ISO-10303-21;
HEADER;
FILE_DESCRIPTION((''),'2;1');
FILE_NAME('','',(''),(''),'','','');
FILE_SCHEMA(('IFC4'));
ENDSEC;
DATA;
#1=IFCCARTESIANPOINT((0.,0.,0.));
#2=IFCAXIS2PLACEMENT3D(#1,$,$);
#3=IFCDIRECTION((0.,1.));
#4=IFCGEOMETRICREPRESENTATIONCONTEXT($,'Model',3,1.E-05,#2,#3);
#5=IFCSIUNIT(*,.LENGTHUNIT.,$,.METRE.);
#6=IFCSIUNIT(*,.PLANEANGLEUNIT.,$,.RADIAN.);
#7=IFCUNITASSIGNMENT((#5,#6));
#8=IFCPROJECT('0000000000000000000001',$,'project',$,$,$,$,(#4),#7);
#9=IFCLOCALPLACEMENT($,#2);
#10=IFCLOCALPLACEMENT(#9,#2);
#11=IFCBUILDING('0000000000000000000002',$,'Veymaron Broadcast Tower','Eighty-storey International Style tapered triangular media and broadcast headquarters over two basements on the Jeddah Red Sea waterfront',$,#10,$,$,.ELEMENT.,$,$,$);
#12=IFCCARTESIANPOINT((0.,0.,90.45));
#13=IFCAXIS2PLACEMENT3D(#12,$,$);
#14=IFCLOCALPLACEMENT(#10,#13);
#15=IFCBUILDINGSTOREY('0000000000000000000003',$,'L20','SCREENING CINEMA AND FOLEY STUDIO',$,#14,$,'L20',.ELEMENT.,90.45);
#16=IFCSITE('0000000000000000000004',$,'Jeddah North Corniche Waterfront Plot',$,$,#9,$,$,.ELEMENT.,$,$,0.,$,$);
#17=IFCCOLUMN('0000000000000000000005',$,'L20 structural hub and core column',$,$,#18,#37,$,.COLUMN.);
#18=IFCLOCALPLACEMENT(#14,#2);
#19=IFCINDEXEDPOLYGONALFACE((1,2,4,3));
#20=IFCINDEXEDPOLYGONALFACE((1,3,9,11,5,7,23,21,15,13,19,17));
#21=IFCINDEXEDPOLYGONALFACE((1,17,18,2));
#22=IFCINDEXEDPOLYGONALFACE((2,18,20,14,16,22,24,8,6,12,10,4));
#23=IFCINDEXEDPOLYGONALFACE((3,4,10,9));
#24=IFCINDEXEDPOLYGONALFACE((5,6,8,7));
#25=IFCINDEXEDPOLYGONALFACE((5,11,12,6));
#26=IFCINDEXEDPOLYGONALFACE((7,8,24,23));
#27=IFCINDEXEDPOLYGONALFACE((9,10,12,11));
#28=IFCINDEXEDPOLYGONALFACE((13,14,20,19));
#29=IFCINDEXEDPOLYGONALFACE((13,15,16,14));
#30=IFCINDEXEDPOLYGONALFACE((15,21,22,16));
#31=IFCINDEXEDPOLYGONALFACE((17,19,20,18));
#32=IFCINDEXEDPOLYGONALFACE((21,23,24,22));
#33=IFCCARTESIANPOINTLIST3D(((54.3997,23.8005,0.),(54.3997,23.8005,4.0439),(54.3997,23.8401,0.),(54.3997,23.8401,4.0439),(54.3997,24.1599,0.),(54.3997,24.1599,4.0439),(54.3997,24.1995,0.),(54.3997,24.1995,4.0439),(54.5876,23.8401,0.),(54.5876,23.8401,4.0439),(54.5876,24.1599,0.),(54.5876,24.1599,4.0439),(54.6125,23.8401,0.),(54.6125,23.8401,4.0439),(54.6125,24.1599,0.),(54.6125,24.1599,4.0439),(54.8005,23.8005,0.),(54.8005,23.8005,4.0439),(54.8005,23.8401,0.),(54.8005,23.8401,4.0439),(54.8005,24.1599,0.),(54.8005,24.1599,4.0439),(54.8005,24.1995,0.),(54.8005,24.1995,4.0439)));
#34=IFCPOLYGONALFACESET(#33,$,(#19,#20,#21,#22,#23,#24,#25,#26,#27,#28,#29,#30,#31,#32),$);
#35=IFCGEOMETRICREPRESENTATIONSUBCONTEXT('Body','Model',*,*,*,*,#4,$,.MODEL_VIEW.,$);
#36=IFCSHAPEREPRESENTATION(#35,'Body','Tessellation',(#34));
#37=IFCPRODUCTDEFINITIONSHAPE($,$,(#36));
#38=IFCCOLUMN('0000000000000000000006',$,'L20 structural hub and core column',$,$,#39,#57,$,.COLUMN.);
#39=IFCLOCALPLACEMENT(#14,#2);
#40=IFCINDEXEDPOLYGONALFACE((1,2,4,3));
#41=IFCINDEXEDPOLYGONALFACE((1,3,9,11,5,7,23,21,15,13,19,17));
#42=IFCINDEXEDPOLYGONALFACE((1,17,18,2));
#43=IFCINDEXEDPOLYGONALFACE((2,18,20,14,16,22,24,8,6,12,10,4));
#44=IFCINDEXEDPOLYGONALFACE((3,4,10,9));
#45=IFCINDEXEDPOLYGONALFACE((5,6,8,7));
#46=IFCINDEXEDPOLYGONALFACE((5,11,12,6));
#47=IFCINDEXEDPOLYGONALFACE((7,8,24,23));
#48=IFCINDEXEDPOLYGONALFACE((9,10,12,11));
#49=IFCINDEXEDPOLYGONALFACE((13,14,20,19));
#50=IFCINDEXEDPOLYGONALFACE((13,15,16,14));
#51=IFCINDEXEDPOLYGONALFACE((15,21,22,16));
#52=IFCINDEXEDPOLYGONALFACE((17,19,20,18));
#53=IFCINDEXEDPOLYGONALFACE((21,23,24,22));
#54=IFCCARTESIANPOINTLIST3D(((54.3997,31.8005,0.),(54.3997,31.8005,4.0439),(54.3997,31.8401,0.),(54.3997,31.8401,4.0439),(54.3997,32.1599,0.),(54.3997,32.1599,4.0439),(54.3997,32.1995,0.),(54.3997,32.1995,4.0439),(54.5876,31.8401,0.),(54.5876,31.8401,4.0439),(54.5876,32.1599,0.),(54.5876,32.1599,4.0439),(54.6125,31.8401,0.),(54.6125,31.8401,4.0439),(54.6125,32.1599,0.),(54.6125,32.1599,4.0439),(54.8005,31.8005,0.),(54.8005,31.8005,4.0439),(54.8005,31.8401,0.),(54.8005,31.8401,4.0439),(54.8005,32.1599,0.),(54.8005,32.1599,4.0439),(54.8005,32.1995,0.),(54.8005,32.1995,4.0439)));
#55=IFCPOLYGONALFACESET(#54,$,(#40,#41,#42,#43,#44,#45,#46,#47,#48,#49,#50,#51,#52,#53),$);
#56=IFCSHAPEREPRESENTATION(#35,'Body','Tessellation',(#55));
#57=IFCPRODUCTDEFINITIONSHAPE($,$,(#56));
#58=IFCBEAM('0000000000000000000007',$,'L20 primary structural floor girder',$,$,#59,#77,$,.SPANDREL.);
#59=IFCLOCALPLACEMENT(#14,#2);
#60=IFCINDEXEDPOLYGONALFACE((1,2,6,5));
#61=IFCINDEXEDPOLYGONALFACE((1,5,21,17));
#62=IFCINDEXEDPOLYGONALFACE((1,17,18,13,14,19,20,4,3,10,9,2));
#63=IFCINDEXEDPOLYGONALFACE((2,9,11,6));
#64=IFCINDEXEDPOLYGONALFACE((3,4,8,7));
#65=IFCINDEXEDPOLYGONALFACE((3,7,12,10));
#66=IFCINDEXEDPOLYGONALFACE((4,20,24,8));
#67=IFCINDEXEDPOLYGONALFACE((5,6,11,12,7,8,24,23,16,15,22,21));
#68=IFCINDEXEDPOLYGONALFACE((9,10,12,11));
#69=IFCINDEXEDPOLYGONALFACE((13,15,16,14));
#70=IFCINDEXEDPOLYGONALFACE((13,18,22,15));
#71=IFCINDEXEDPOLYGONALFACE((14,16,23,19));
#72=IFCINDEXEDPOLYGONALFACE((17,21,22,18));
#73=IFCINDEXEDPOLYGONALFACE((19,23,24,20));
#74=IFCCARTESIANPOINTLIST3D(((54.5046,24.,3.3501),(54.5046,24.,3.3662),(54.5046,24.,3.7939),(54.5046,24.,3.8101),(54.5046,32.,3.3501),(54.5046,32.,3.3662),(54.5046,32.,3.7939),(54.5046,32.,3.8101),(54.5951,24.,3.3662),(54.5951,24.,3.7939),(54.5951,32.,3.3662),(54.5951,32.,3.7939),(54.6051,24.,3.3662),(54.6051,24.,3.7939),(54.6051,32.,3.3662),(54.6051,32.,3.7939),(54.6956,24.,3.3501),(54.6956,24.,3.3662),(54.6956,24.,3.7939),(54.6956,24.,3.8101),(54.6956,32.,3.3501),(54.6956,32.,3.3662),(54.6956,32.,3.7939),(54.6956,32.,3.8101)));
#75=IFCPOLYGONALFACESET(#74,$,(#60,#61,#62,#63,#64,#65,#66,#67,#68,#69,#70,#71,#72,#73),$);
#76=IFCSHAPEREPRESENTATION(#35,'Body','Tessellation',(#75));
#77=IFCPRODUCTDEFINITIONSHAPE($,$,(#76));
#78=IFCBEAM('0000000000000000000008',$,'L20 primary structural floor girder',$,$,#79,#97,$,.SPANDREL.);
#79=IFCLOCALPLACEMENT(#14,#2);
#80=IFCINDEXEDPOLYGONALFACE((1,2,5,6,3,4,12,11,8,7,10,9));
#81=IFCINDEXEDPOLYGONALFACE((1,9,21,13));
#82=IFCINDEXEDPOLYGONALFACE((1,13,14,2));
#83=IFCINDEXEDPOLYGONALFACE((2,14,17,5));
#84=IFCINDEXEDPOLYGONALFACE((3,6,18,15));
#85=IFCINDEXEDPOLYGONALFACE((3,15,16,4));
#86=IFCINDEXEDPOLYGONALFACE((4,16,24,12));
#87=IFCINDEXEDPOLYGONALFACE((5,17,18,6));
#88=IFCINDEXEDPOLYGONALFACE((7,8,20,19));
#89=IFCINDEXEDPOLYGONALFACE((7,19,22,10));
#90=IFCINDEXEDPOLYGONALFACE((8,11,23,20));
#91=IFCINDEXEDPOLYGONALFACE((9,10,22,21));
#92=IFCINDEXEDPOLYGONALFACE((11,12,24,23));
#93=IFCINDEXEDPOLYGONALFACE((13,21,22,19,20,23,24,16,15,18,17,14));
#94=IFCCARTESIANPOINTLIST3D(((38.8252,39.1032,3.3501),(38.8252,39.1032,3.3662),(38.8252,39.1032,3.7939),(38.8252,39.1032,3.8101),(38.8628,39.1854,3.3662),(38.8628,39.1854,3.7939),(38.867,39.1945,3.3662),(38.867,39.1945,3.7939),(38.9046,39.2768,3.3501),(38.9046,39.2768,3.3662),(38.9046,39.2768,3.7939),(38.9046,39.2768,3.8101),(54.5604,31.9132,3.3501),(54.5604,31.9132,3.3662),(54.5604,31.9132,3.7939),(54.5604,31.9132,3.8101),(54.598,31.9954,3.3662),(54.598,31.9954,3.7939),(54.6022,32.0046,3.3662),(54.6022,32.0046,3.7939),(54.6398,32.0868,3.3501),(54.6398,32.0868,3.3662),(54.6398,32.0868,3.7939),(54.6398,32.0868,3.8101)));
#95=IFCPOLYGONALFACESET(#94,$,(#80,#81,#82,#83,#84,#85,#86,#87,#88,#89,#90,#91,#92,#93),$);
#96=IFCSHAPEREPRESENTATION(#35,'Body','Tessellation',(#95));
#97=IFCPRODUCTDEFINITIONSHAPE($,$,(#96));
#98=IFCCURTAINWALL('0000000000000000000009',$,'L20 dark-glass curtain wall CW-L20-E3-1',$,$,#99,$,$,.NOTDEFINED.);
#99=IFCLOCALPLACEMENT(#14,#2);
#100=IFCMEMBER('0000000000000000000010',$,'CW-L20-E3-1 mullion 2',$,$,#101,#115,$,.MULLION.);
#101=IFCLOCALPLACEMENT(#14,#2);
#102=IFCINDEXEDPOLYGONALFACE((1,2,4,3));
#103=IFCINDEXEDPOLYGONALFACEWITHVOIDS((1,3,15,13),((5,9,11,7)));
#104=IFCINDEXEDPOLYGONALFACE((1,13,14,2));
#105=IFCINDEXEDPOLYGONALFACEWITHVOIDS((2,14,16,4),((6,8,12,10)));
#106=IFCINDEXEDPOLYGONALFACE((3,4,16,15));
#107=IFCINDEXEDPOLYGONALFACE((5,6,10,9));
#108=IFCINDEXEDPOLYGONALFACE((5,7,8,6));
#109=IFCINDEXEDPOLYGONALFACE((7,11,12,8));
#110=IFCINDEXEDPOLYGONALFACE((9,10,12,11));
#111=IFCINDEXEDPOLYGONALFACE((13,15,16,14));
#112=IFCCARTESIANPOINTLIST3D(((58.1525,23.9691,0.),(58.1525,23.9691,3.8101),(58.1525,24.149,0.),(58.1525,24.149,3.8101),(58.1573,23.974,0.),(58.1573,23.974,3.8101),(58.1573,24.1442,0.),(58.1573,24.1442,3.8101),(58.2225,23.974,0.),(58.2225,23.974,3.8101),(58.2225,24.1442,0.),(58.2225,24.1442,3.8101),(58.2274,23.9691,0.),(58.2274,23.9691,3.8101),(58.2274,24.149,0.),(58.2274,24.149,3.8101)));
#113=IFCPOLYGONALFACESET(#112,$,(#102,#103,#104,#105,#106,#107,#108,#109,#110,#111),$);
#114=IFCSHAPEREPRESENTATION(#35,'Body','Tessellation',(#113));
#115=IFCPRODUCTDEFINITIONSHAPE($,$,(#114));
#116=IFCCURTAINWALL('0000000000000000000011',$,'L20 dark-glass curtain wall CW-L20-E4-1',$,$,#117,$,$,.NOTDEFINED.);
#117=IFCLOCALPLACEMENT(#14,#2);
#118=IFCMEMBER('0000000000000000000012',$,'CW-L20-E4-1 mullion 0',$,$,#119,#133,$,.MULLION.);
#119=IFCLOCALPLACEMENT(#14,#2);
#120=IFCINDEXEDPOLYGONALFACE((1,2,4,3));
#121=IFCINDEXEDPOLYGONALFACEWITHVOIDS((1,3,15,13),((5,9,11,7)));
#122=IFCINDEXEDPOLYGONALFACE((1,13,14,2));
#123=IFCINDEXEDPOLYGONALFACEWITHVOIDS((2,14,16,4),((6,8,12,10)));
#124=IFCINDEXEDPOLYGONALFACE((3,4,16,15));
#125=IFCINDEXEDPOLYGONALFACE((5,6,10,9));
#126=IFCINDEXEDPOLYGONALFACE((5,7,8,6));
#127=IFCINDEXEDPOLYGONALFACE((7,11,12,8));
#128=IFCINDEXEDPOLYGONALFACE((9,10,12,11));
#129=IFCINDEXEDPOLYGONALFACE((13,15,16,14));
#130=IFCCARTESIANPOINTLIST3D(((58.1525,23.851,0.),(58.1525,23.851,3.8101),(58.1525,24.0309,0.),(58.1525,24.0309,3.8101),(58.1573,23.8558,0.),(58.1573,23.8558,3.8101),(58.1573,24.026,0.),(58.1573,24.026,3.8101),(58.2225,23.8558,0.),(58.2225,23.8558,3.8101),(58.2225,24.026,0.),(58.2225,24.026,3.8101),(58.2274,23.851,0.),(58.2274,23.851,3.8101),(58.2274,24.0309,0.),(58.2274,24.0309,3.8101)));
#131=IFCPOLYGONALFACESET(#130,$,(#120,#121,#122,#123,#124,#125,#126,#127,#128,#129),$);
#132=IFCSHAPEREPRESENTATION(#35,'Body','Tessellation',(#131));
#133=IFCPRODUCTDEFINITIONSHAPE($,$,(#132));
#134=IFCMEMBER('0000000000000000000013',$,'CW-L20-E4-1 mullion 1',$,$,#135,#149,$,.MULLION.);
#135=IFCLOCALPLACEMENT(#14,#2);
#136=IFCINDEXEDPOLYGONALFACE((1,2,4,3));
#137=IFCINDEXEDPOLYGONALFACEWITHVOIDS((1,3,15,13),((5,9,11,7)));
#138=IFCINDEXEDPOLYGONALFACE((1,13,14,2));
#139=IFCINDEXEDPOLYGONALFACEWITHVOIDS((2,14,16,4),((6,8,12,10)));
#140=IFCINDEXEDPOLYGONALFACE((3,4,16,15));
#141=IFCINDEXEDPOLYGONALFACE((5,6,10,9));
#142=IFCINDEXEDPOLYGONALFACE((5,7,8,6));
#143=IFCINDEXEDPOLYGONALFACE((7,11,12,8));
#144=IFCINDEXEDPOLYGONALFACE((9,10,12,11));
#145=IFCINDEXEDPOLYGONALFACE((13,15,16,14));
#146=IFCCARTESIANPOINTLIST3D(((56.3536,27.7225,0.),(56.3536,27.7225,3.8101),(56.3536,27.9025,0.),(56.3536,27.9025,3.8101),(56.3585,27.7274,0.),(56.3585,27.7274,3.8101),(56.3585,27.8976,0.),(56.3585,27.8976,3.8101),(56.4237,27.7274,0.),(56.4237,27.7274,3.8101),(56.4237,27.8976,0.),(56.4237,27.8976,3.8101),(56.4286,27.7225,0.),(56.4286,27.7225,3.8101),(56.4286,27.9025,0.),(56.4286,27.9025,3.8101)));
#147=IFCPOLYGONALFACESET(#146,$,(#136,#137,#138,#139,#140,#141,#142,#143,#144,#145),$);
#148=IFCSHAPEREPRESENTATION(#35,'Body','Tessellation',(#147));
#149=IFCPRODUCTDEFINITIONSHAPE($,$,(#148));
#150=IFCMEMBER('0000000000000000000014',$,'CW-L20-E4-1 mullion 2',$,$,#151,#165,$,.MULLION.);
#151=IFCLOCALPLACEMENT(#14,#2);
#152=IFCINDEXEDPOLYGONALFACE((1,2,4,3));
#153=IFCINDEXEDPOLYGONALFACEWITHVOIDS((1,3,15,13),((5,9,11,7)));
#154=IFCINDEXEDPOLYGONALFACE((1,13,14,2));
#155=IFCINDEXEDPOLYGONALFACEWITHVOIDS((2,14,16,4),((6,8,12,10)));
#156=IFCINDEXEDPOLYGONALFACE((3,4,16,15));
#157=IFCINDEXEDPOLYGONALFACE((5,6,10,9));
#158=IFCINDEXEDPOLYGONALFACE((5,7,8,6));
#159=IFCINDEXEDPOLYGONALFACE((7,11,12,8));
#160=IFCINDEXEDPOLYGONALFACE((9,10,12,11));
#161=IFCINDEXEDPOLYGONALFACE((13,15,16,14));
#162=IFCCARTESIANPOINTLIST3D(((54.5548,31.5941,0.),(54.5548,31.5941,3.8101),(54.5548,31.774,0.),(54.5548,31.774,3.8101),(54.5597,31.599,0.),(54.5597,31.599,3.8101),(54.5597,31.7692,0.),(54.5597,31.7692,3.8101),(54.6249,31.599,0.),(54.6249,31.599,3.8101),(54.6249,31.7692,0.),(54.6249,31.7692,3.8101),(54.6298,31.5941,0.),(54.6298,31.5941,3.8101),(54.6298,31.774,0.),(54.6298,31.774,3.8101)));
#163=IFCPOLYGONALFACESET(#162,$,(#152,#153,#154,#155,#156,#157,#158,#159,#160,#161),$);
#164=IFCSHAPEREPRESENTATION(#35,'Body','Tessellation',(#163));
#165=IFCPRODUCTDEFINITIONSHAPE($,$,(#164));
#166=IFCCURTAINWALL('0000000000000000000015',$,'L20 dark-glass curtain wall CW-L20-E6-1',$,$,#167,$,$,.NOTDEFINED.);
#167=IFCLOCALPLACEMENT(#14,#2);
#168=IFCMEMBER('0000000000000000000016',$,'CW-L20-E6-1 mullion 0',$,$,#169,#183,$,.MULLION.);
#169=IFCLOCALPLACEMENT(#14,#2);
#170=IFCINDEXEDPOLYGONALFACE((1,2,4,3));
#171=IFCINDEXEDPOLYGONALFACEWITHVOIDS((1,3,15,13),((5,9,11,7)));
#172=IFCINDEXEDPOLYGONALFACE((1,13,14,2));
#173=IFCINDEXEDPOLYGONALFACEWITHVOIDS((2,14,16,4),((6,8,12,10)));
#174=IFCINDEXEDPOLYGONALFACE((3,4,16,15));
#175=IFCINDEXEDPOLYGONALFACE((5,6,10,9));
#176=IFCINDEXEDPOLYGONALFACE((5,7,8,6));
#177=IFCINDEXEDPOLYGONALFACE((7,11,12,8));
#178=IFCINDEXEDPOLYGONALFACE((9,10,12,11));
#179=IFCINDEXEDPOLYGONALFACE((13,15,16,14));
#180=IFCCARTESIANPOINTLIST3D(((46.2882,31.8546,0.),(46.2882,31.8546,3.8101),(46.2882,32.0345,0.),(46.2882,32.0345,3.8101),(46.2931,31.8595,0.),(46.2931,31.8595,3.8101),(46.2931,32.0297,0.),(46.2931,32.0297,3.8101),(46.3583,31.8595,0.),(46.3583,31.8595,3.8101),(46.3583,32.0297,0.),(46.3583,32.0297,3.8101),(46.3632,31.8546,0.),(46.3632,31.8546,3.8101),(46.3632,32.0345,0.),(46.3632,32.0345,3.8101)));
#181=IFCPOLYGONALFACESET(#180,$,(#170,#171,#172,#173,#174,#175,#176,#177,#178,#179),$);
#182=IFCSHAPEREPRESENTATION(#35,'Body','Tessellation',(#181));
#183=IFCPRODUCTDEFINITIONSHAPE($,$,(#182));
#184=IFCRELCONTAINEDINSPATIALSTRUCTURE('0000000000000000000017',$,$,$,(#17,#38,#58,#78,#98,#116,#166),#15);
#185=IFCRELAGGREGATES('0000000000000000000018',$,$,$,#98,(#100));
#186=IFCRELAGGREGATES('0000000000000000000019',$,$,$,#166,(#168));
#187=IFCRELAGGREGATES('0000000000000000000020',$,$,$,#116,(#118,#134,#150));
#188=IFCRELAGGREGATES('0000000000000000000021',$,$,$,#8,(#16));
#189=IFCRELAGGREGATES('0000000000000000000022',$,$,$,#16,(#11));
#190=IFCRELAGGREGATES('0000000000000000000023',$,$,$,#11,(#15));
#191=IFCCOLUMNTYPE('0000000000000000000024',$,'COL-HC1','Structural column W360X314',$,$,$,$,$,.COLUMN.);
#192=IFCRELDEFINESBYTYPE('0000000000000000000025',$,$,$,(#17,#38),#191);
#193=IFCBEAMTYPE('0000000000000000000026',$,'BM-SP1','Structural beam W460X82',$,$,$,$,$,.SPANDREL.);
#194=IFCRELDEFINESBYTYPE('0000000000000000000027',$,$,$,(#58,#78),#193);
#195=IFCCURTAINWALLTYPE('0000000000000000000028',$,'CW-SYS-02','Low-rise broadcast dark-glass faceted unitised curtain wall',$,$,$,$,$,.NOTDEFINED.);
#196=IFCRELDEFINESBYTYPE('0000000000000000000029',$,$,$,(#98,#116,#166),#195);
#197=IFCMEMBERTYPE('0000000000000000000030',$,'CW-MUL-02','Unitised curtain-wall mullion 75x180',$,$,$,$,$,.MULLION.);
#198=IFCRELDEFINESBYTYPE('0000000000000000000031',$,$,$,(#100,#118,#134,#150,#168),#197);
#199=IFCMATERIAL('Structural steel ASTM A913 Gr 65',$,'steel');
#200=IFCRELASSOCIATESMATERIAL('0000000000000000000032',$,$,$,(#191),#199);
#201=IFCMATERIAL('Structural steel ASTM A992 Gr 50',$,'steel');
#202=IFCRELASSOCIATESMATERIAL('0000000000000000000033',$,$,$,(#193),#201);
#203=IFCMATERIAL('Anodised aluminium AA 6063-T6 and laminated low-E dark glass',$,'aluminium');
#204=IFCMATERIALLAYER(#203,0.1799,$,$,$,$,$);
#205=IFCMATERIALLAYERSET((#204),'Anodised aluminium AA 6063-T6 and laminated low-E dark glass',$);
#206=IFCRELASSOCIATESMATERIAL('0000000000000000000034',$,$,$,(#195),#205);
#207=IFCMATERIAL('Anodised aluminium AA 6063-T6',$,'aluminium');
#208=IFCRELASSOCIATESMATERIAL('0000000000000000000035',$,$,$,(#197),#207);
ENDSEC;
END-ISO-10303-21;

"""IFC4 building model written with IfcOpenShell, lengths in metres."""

from ifc_helpers import new_model, si_unit, direction, frame, origin, origin_2d, place, context, subcontext, project, spatial, hollow_rectangle, i_section, extrude, material, layer, layer_set, material_profile, profile_set, type_object, element, aggregate, save


model = new_model("IFC4")

# Units and contexts
model_context = context("Model", 3, precision=1e-05, world=origin(), true_north=direction((0.0, 1.0)))
body_context = subcontext(model_context, "Body", "Model", "MODEL_VIEW")
ifc_project = project(units=[si_unit("LENGTHUNIT", "METRE"), si_unit("PLANEANGLEUNIT", "RADIAN")], contexts=[model_context])

# Site, building, storey
site_placement = place(None, origin())
site = spatial("IfcSite", under=ifc_project, at=site_placement, Name="Jeddah North Corniche Waterfront Plot", CompositionType="ELEMENT", RefElevation=0.0)
building_placement = place(site_placement, origin())
building = spatial("IfcBuilding", under=site, at=building_placement, Name="Veymaron Broadcast Tower", Description="Eighty-storey International Style tapered triangular media and broadcast headquarters over two basements on the Jeddah Red Sea waterfront", CompositionType="ELEMENT")
storey_placement = place(building_placement, frame((0.0, 0.0, 90.45)))
storey = spatial("IfcBuildingStorey", under=building, at=storey_placement, Name="L20", Description="SCREENING CINEMA AND FOLEY STUDIO", LongName="L20", CompositionType="ELEMENT", Elevation=90.45)

# Columns
ifc_material_1 = material(Name="Structural steel ASTM A913 Gr 65", Category="steel")
ifc_material_profile_1 = material_profile(ifc_material_1, i_section(OverallWidth=0.4009, OverallDepth=0.3989, WebThickness=0.0249, FlangeThickness=0.0396, at=origin_2d()), Name="W360X314")
ifc_profile_set_1 = profile_set([ifc_material_profile_1], Name="Structural steel ASTM A913 Gr 65")
column_type = type_object("IfcColumnType", Name="COL-HC1", Description="Structural column W360X314", PredefinedType="COLUMN", material=ifc_profile_set_1)
for number, where, z_axis, x_axis, name in (
    (1, (54.6001, 24.0, 0.0), (0.0, 0.0, 1.0), (1.0, 0.0, 0.0), "L20 structural hub and core column"),
    (2, (54.6001, 32.0, 0.0), (0.0, 0.0, 1.0), (1.0, 0.0, 0.0), "L20 structural hub and core column"),
):
    element("IfcColumn", number, at=place(storey_placement, frame(where, z_axis=z_axis, x_axis=x_axis)), inside=storey, type_object=column_type, Name=name, PredefinedType="COLUMN", context=body_context, shape_type="SweptSolid", body=[
        extrude(i_section(OverallWidth=0.4009, OverallDepth=0.3989, WebThickness=0.0249, FlangeThickness=0.0396, at=origin_2d()), origin(), (0.0, 0.0, 1.0), 4.0439),
    ])

# Beams
ifc_material_2 = material(Name="Structural steel ASTM A992 Gr 50", Category="steel")
ifc_material_profile_2 = material_profile(ifc_material_2, i_section(OverallWidth=0.1909, OverallDepth=0.46, WebThickness=0.01, FlangeThickness=0.0161, at=origin_2d()), Name="W460X82")
ifc_profile_set_2 = profile_set([ifc_material_profile_2], Name="Structural steel ASTM A992 Gr 50")
beam_type = type_object("IfcBeamType", Name="BM-SP1", Description="Structural beam W460X82", PredefinedType="SPANDREL", material=ifc_profile_set_2)
beam_1_placement = place(storey_placement, frame((54.6001, 24.0, 3.5801), z_axis=(0.0, 1.0, 0.0), x_axis=(-1.0, 0.0, 0.0)))
element("IfcBeam", 3, at=beam_1_placement, inside=storey, type_object=beam_type, Name="L20 primary structural floor girder", PredefinedType="SPANDREL", context=body_context, shape_type="SweptSolid", body=[
    extrude(i_section(OverallWidth=0.1909, OverallDepth=0.46, WebThickness=0.01, FlangeThickness=0.0161, at=origin_2d()), origin(), (0.0, 0.0, 1.0), 8.0),
])
beam_2_placement = place(storey_placement, frame((54.6001, 32.0, 3.5801), z_axis=(-0.909546, 0.415604, 0.0), x_axis=(-0.415604, -0.909546, 0.0)))
element("IfcBeam", 4, at=beam_2_placement, inside=storey, type_object=beam_type, Name="L20 primary structural floor girder", PredefinedType="SPANDREL", context=body_context, shape_type="SweptSolid", body=[
    extrude(i_section(OverallWidth=0.1909, OverallDepth=0.46, WebThickness=0.01, FlangeThickness=0.0161, at=origin_2d()), origin(), (0.0, 0.0, 1.0), 17.3),
])

# Curtain wall, member
ifc_material_3 = material(Name="Anodised aluminium AA 6063-T6 and laminated low-E dark glass", Category="aluminium")
ifc_layer_1 = layer(ifc_material_3, 0.1799)
ifc_layer_set_1 = layer_set([ifc_layer_1], Name="Anodised aluminium AA 6063-T6 and laminated low-E dark glass")
curtain_wall_type = type_object("IfcCurtainWallType", Name="CW-SYS-02", Description="Low-rise broadcast dark-glass faceted unitised curtain wall", PredefinedType="NOTDEFINED", material=ifc_layer_set_1)
curtain_wall_1_placement = place(storey_placement, origin())
curtain_wall_1 = element("IfcCurtainWall", 5, at=curtain_wall_1_placement, inside=storey, type_object=curtain_wall_type, Name="L20 dark-glass curtain wall CW-L20-E3-1", PredefinedType="NOTDEFINED")
ifc_material_4 = material(Name="Anodised aluminium AA 6063-T6", Category="aluminium")
ifc_material_profile_3 = material_profile(ifc_material_4, hollow_rectangle(XDim=0.075, YDim=0.1799, WallThickness=0.0049, at=origin_2d()), Name="AL180X75X5")
ifc_profile_set_3 = profile_set([ifc_material_profile_3], Name="Anodised aluminium AA 6063-T6")
member_type_1 = type_object("IfcMemberType", Name="CW-MUL-02", Description="Unitised curtain-wall mullion 75x180", PredefinedType="MULLION", material=ifc_profile_set_3)
member_1_placement = place(storey_placement, frame((58.1899, 24.0591, 0.0), z_axis=(0.0, 0.0, 1.0), x_axis=(1.0, 0.0, 0.0)))
member_1 = element("IfcMember", 6, at=member_1_placement, type_object=member_type_1, Name="CW-L20-E3-1 mullion 2", PredefinedType="MULLION", context=body_context, shape_type="SweptSolid", body=[
    extrude(hollow_rectangle(XDim=0.075, YDim=0.1799, WallThickness=0.0049, at=origin_2d()), origin(), (0.0, 0.0, 1.0), 3.8101),
])
aggregate(curtain_wall_1, [member_1])

# Curtain wall, members
curtain_wall_2_placement = place(storey_placement, origin())
curtain_wall_2 = element("IfcCurtainWall", 7, at=curtain_wall_2_placement, inside=storey, type_object=curtain_wall_type, Name="L20 dark-glass curtain wall CW-L20-E4-1", PredefinedType="NOTDEFINED")
member_2_placement = place(storey_placement, frame((58.1899, 23.9409, 0.0), z_axis=(0.0, 0.0, 1.0), x_axis=(1.0, 0.0, 0.0)))
member_2 = element("IfcMember", 8, at=member_2_placement, type_object=member_type_1, Name="CW-L20-E4-1 mullion 0", PredefinedType="MULLION", context=body_context, shape_type="SweptSolid", body=[
    extrude(hollow_rectangle(XDim=0.075, YDim=0.1799, WallThickness=0.0049, at=origin_2d()), origin(), (0.0, 0.0, 1.0), 3.8101),
])
member_3_placement = place(storey_placement, frame((56.3911, 27.8125, 0.0), z_axis=(0.0, 0.0, 1.0), x_axis=(1.0, 0.0, 0.0)))
member_3 = element("IfcMember", 9, at=member_3_placement, type_object=member_type_1, Name="CW-L20-E4-1 mullion 1", PredefinedType="MULLION", context=body_context, shape_type="SweptSolid", body=[
    extrude(hollow_rectangle(XDim=0.075, YDim=0.1799, WallThickness=0.0049, at=origin_2d()), origin(), (0.0, 0.0, 1.0), 3.8101),
])
member_4_placement = place(storey_placement, frame((54.5923, 31.6841, 0.0), z_axis=(0.0, 0.0, 1.0), x_axis=(1.0, 0.0, 0.0)))
member_4 = element("IfcMember", 10, at=member_4_placement, type_object=member_type_1, Name="CW-L20-E4-1 mullion 2", PredefinedType="MULLION", context=body_context, shape_type="SweptSolid", body=[
    extrude(hollow_rectangle(XDim=0.075, YDim=0.1799, WallThickness=0.0049, at=origin_2d()), origin(), (0.0, 0.0, 1.0), 3.8101),
])

# Curtain wall, member
curtain_wall_3_placement = place(storey_placement, origin())
curtain_wall_3 = element("IfcCurtainWall", 11, at=curtain_wall_3_placement, inside=storey, type_object=curtain_wall_type, Name="L20 dark-glass curtain wall CW-L20-E6-1", PredefinedType="NOTDEFINED")
member_5_placement = place(storey_placement, frame((46.3257, 31.9446, 0.0), z_axis=(0.0, 0.0, 1.0), x_axis=(1.0, 0.0, 0.0)))
member_5 = element("IfcMember", 12, at=member_5_placement, type_object=member_type_1, Name="CW-L20-E6-1 mullion 0", PredefinedType="MULLION", context=body_context, shape_type="SweptSolid", body=[
    extrude(hollow_rectangle(XDim=0.075, YDim=0.1799, WallThickness=0.0049, at=origin_2d()), origin(), (0.0, 0.0, 1.0), 3.8101),
])

aggregate(curtain_wall_3, [member_5])

aggregate(curtain_wall_2, [member_2, member_3, member_4])

save(model, "model.ifc")
